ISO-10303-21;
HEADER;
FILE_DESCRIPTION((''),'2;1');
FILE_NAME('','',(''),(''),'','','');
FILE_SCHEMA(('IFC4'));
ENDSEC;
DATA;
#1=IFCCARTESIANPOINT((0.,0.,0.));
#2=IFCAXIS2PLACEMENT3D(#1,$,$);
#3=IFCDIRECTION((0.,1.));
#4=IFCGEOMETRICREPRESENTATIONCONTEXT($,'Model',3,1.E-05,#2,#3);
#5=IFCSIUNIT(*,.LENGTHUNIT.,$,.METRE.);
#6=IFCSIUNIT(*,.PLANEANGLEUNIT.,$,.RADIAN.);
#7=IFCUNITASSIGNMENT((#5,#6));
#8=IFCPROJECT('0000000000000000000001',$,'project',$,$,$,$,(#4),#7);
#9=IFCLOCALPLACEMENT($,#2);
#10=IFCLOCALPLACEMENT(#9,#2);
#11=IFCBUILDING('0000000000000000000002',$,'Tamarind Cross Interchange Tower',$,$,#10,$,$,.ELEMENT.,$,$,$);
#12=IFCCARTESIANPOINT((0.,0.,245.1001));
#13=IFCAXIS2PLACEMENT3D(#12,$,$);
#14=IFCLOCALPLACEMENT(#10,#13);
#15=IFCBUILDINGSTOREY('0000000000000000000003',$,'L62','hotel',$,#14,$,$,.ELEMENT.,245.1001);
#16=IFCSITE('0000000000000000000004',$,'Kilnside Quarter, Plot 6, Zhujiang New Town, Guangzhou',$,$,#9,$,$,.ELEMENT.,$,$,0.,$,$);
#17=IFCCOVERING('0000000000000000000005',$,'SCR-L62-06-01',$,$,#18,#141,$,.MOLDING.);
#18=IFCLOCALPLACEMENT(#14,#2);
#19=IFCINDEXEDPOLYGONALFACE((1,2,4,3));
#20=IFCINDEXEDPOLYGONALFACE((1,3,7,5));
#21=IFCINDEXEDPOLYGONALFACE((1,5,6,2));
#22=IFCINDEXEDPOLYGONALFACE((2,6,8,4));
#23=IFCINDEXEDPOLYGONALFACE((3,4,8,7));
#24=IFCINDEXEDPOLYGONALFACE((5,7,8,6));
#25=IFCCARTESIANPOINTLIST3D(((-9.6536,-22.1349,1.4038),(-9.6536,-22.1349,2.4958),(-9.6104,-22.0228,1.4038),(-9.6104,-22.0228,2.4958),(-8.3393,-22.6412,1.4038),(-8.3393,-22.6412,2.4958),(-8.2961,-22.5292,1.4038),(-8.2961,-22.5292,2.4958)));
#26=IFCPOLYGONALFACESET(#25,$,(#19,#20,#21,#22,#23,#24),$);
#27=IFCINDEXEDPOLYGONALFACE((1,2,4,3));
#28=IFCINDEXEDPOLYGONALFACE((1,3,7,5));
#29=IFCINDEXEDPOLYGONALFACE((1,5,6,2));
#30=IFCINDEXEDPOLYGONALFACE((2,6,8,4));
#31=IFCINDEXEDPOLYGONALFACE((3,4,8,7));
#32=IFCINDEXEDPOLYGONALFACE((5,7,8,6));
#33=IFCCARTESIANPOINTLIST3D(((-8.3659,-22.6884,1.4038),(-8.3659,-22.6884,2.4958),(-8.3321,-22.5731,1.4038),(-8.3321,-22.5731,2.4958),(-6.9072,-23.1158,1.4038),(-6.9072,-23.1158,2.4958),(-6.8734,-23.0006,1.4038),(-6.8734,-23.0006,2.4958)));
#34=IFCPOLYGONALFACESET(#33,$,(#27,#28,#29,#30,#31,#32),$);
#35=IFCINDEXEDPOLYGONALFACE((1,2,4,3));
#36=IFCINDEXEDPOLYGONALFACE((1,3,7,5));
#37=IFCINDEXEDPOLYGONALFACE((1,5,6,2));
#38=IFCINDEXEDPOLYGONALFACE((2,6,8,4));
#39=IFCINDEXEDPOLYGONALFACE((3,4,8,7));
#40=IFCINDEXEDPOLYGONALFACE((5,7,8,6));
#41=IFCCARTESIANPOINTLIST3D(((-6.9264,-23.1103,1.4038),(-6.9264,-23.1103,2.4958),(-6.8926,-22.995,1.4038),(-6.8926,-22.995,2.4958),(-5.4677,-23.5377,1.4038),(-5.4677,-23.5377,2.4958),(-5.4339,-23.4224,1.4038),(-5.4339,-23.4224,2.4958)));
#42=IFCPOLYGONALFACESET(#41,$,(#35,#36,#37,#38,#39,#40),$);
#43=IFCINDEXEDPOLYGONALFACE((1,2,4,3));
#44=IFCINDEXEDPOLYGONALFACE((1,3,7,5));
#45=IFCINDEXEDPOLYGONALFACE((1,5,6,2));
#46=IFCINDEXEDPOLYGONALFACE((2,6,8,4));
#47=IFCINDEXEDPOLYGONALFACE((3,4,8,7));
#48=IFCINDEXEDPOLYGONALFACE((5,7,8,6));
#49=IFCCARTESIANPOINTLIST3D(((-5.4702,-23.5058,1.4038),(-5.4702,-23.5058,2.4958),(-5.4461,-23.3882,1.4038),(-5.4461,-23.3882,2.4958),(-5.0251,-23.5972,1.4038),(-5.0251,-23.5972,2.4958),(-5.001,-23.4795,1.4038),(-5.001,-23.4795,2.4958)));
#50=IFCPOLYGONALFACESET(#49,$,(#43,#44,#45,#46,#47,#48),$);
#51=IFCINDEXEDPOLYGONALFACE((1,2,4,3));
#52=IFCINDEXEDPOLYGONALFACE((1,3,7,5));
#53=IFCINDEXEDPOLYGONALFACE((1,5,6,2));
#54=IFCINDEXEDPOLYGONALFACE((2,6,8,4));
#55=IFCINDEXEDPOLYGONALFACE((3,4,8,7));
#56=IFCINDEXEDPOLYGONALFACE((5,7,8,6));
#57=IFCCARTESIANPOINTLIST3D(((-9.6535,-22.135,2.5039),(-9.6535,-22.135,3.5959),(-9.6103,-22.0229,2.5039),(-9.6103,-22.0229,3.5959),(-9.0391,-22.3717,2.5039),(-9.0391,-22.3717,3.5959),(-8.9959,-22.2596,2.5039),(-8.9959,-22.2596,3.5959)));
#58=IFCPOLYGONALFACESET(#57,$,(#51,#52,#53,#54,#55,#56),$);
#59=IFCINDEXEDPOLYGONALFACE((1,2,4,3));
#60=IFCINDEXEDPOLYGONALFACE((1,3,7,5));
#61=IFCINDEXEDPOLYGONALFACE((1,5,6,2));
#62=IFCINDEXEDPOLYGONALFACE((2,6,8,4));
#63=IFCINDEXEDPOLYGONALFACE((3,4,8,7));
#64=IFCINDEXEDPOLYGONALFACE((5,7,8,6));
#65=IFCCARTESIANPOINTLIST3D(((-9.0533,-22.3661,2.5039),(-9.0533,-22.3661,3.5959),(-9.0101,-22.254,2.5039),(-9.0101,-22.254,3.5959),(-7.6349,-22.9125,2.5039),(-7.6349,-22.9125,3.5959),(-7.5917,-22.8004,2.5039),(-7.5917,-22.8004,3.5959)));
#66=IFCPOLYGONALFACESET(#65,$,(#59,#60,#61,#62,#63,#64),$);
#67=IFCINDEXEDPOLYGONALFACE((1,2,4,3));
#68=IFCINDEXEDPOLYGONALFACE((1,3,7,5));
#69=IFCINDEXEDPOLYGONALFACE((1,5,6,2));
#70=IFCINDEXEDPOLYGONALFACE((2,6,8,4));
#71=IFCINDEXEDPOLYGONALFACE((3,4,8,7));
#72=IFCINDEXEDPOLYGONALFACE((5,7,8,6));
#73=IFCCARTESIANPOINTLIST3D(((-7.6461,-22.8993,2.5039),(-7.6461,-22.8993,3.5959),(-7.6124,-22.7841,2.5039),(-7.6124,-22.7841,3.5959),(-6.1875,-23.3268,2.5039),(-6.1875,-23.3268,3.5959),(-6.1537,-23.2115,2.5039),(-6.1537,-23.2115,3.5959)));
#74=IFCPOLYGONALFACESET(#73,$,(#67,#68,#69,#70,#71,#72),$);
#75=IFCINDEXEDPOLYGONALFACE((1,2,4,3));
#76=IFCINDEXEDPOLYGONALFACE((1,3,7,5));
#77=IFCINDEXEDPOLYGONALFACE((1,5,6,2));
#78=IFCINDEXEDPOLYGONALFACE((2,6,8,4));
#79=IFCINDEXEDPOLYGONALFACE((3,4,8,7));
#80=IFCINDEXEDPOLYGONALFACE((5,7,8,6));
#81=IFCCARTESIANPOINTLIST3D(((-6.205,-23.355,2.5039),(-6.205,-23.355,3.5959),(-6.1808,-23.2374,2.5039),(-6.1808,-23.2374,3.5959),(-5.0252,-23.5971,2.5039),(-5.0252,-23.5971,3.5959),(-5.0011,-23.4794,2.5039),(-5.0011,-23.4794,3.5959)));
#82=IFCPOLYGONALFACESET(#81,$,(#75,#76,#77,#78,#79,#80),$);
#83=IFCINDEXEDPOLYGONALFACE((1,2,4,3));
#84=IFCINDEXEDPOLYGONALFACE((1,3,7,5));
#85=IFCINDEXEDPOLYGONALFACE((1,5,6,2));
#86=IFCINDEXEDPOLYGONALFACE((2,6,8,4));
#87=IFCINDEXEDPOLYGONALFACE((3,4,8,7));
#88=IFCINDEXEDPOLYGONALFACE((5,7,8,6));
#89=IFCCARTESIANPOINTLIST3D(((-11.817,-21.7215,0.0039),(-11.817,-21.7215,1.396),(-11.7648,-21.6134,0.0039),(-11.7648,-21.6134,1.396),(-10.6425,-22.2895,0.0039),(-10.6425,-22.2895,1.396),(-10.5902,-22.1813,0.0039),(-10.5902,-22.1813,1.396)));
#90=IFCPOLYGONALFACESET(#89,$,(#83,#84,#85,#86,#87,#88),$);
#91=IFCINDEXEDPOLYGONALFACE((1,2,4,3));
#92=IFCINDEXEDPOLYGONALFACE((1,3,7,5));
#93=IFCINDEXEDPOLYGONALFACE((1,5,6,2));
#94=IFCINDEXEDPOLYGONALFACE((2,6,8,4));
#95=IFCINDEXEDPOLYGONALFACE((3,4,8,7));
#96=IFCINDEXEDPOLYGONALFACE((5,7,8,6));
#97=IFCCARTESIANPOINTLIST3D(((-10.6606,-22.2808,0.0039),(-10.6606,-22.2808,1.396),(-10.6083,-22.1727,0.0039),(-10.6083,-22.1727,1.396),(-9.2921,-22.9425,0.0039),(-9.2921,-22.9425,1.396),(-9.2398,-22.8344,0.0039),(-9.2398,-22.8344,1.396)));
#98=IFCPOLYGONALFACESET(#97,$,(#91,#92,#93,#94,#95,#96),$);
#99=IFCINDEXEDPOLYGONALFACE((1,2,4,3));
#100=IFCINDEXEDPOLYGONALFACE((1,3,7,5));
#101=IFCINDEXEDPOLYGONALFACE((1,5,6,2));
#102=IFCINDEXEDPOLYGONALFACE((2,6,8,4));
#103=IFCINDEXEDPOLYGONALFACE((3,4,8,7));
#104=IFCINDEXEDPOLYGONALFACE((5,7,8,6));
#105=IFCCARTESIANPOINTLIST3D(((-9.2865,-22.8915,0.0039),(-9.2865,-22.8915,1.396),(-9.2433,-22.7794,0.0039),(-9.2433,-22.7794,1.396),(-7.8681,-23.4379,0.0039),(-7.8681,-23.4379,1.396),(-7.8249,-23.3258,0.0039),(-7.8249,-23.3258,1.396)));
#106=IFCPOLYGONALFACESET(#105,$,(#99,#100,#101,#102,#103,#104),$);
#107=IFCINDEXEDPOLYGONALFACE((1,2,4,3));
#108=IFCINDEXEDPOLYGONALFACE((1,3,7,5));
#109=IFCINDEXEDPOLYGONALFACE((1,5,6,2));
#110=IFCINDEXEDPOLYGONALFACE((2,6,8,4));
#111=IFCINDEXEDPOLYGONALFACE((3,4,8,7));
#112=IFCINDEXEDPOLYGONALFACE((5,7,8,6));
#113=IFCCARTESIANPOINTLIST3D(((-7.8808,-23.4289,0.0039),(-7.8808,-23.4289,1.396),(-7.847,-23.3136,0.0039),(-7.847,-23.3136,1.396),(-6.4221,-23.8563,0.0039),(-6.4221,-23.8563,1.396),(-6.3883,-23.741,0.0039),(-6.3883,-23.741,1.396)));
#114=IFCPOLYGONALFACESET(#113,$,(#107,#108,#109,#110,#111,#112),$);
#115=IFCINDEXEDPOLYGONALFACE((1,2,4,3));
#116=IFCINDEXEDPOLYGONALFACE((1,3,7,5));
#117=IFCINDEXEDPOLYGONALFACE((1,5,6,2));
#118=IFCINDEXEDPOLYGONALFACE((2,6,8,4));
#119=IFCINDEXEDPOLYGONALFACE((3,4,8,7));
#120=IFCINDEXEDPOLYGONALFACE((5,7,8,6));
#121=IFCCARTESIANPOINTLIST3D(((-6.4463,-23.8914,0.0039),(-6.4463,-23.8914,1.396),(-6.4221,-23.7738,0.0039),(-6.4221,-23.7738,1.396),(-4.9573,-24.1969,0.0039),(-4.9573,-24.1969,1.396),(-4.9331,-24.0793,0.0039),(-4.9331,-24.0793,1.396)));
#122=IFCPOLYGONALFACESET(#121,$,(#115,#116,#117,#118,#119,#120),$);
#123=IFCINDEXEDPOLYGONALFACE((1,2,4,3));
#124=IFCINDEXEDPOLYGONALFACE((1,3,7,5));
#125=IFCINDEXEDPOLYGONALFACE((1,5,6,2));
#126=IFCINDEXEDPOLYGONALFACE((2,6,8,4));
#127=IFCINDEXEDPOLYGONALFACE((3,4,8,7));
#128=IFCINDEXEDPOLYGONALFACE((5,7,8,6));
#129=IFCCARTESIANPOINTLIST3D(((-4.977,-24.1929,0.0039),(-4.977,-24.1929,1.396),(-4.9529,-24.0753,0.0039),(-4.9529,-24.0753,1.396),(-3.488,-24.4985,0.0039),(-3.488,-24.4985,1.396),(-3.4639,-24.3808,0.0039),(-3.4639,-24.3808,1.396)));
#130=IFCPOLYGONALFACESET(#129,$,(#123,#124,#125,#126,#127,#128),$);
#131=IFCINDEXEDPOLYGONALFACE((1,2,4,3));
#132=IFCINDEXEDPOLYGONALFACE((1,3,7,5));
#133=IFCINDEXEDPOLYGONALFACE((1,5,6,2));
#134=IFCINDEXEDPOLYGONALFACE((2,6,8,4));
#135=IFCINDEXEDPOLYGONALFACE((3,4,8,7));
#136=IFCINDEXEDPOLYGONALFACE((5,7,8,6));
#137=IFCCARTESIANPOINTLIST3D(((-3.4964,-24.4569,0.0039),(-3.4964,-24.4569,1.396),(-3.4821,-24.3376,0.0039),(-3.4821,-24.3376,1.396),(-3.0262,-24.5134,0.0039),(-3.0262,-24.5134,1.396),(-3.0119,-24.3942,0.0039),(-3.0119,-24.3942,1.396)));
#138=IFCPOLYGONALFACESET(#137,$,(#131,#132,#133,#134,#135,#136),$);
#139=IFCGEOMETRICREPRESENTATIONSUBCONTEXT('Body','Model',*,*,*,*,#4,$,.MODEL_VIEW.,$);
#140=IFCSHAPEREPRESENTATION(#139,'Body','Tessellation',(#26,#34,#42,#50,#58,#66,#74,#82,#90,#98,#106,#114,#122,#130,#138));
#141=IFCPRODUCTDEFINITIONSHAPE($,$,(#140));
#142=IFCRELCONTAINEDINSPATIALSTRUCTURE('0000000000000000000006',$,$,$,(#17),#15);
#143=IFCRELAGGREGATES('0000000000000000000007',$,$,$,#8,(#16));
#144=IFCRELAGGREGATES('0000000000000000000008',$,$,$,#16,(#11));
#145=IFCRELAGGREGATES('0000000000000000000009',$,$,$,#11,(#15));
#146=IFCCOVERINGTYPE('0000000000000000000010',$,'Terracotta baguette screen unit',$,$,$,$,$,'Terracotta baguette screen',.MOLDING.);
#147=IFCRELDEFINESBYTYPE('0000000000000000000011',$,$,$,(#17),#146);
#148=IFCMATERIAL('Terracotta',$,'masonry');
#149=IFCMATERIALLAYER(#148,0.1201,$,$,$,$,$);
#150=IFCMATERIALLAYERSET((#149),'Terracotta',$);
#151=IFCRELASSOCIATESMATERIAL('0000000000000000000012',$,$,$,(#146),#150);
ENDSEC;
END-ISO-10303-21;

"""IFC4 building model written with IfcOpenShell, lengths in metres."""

from ifc_helpers import new_model, si_unit, direction, frame, origin, origin_2d, place, context, subcontext, project, spatial, rectangle, extrude, material, layer, layer_set, type_object, element, save


model = new_model("IFC4")

# Units and contexts
model_context = context("Model", 3, precision=1e-05, world=origin(), true_north=direction((0.0, 1.0)))
body_context = subcontext(model_context, "Body", "Model", "MODEL_VIEW")
ifc_project = project(units=[si_unit("LENGTHUNIT", "METRE"), si_unit("PLANEANGLEUNIT", "RADIAN")], contexts=[model_context])

# Site, building, storey
site_placement = place(None, origin())
site = spatial("IfcSite", under=ifc_project, at=site_placement, Name="Kilnside Quarter, Plot 6, Zhujiang New Town, Guangzhou", CompositionType="ELEMENT", RefElevation=0.0)
building_placement = place(site_placement, origin())
building = spatial("IfcBuilding", under=site, at=building_placement, Name="Tamarind Cross Interchange Tower", CompositionType="ELEMENT")
storey_placement = place(building_placement, frame((0.0, 0.0, 245.1001)))
storey = spatial("IfcBuildingStorey", under=building, at=storey_placement, Name="L62", Description="hotel", CompositionType="ELEMENT", Elevation=245.1001)

# Covering
ifc_material_1 = material(Name="Terracotta", Category="masonry")
ifc_layer_1 = layer(ifc_material_1, 0.1201)
ifc_layer_set_1 = layer_set([ifc_layer_1], Name="Terracotta")
covering_type = type_object("IfcCoveringType", Name="Terracotta baguette screen unit", ElementType="Terracotta baguette screen", PredefinedType="MOLDING", material=ifc_layer_set_1)
covering_1_placement = place(storey_placement, origin())
element("IfcCovering", 1, at=covering_1_placement, inside=storey, type_object=covering_type, Name="SCR-L62-06-01", PredefinedType="MOLDING", context=body_context, shape_type="SweptSolid", body=[
    extrude(rectangle(XDim=1.4084, YDim=0.1201, at=origin_2d()), frame((-8.9749, -22.332, 1.4038), z_axis=(0.0, 0.0, 1.0), x_axis=(0.933147, -0.359495, 0.0)), (0.0, 0.0, 1.0), 1.092),
    extrude(rectangle(XDim=1.52, YDim=0.1201, at=origin_2d()), frame((-7.6196, -22.8445, 1.4038), z_axis=(0.0, 0.0, 1.0), x_axis=(0.959647, -0.281209, 0.0)), (0.0, 0.0, 1.0), 1.092),
    extrude(rectangle(XDim=1.52, YDim=0.1201, at=origin_2d()), frame((-6.1802, -23.2664, 1.4038), z_axis=(0.0, 0.0, 1.0), x_axis=(0.959647, -0.281209, 0.0)), (0.0, 0.0, 1.0), 1.092),
    extrude(rectangle(XDim=0.4543, YDim=0.1201, at=origin_2d()), frame((-5.2356, -23.4927, 1.4038), z_axis=(0.0, 0.0, 1.0), x_axis=(0.979591, -0.201001, 0.0)), (0.0, 0.0, 1.0), 1.092),
    extrude(rectangle(XDim=0.6584, YDim=0.1201, at=origin_2d()), frame((-9.3247, -22.1973, 2.5039), z_axis=(0.0, 0.0, 1.0), x_axis=(0.933147, -0.359495, 0.0)), (0.0, 0.0, 1.0), 1.092),
    extrude(rectangle(XDim=1.52, YDim=0.1201, at=origin_2d()), frame((-8.3225, -22.5833, 2.5039), z_axis=(0.0, 0.0, 1.0), x_axis=(0.933147, -0.359495, 0.0)), (0.0, 0.0, 1.0), 1.092),
    extrude(rectangle(XDim=1.52, YDim=0.1201, at=origin_2d()), frame((-6.8999, -23.0554, 2.5039), z_axis=(0.0, 0.0, 1.0), x_axis=(0.959647, -0.281209, 0.0)), (0.0, 0.0, 1.0), 1.092),
    extrude(rectangle(XDim=1.2043, YDim=0.1201, at=origin_2d()), frame((-5.603, -23.4172, 2.5039), z_axis=(0.0, 0.0, 1.0), x_axis=(0.979591, -0.201001, 0.0)), (0.0, 0.0, 1.0), 1.092),
    extrude(rectangle(XDim=1.3047, YDim=0.1201, at=origin_2d()), frame((-11.2036, -21.9514, 0.0039), z_axis=(0.0, 0.0, 1.0), x_axis=(0.900273, -0.435326, 0.0)), (0.0, 0.0, 1.0), 1.3921),
    extrude(rectangle(XDim=1.52, YDim=0.1201, at=origin_2d()), frame((-9.9502, -22.5576, 0.0039), z_axis=(0.0, 0.0, 1.0), x_axis=(0.900273, -0.435326, 0.0)), (0.0, 0.0, 1.0), 1.3921),
    extrude(rectangle(XDim=1.52, YDim=0.1201, at=origin_2d()), frame((-8.5557, -23.1086, 0.0039), z_axis=(0.0, 0.0, 1.0), x_axis=(0.933147, -0.359495, 0.0)), (0.0, 0.0, 1.0), 1.3921),
    extrude(rectangle(XDim=1.52, YDim=0.1201, at=origin_2d()), frame((-7.1345, -23.585, 0.0039), z_axis=(0.0, 0.0, 1.0), x_axis=(0.959647, -0.281209, 0.0)), (0.0, 0.0, 1.0), 1.3921),
    extrude(rectangle(XDim=1.52, YDim=0.1201, at=origin_2d()), frame((-5.6897, -23.9854, 0.0039), z_axis=(0.0, 0.0, 1.0), x_axis=(0.979591, -0.201001, 0.0)), (0.0, 0.0, 1.0), 1.3921),
    extrude(rectangle(XDim=1.52, YDim=0.1201, at=origin_2d()), frame((-4.2205, -24.2869, 0.0039), z_axis=(0.0, 0.0, 1.0), x_axis=(0.979591, -0.201001, 0.0)), (0.0, 0.0, 1.0), 1.3921),
    extrude(rectangle(XDim=0.4736, YDim=0.1201, at=origin_2d()), frame((-3.2542, -24.4255, 0.0039), z_axis=(0.0, 0.0, 1.0), x_axis=(0.992844, -0.119421, 0.0)), (0.0, 0.0, 1.0), 1.3921),
])

save(model, "model.ifc")
